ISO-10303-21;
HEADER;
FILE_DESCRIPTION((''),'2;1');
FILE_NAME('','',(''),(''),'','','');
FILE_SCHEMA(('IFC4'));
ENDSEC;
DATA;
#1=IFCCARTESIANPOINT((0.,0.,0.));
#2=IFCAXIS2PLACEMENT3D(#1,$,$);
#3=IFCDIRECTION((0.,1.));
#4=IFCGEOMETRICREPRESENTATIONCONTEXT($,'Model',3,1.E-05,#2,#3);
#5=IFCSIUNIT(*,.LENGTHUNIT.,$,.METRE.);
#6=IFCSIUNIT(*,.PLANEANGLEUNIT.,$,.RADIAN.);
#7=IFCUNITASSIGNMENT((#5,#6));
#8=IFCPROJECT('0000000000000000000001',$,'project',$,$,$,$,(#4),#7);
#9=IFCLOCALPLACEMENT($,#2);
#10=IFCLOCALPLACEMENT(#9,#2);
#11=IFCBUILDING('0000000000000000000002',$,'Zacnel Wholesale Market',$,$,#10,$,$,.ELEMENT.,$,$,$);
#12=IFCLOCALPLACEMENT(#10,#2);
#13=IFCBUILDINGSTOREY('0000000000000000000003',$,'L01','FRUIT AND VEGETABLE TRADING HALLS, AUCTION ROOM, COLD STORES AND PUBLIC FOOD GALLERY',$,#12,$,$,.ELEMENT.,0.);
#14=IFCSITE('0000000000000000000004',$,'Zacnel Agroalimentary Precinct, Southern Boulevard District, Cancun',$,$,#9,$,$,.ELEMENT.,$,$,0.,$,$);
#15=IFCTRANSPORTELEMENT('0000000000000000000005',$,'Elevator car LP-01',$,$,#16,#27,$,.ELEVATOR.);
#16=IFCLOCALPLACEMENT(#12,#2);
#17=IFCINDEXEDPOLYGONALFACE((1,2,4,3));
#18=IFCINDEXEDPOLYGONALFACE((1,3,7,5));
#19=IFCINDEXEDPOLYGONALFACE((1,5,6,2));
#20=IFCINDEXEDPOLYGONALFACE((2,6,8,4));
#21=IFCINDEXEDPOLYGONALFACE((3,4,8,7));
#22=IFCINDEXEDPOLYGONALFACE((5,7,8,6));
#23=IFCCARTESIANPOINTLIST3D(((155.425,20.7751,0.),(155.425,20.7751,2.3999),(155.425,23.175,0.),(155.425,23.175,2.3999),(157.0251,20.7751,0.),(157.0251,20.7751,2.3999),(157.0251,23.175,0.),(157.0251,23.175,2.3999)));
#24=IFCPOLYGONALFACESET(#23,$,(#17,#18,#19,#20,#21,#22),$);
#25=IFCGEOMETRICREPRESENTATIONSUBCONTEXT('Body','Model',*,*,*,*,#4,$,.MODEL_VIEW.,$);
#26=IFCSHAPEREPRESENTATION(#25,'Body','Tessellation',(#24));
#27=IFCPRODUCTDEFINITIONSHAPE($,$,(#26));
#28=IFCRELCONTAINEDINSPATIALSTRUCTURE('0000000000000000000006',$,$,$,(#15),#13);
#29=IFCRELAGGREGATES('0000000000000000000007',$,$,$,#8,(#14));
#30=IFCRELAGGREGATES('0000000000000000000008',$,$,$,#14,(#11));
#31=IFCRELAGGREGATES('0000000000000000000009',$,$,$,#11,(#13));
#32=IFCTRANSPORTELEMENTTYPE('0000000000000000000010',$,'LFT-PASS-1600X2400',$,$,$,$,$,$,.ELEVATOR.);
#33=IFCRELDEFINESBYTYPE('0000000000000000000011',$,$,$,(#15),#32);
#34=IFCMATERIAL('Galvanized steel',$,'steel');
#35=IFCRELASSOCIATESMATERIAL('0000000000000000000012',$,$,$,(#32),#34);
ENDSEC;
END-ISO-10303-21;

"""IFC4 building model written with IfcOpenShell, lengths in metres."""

from ifc_helpers import new_model, si_unit, direction, frame, origin, origin_2d, place, context, subcontext, project, spatial, rectangle, extrude, material, type_object, element, save


model = new_model("IFC4")

# Units and contexts
model_context = context("Model", 3, precision=1e-05, world=origin(), true_north=direction((0.0, 1.0)))
body_context = subcontext(model_context, "Body", "Model", "MODEL_VIEW")
ifc_project = project(units=[si_unit("LENGTHUNIT", "METRE"), si_unit("PLANEANGLEUNIT", "RADIAN")], contexts=[model_context])

# Site, building, storey
site_placement = place(None, origin())
site = spatial("IfcSite", under=ifc_project, at=site_placement, Name="Zacnel Agroalimentary Precinct, Southern Boulevard District, Cancun", CompositionType="ELEMENT", RefElevation=0.0)
building_placement = place(site_placement, origin())
building = spatial("IfcBuilding", under=site, at=building_placement, Name="Zacnel Wholesale Market", CompositionType="ELEMENT")
storey_placement = place(building_placement, origin())
storey = spatial("IfcBuildingStorey", under=building, at=storey_placement, Name="L01", Description="FRUIT AND VEGETABLE TRADING HALLS, AUCTION ROOM, COLD STORES AND PUBLIC FOOD GALLERY", CompositionType="ELEMENT", Elevation=0.0)

# Transport element
ifc_material_1 = material(Name="Galvanized steel", Category="steel")
transport_element_type = type_object("IfcTransportElementType", Name="LFT-PASS-1600X2400", PredefinedType="ELEVATOR", material=ifc_material_1)
transport_element_placement = place(storey_placement, frame((156.2251, 21.9751, 0.0), z_axis=(0.0, 0.0, 1.0), x_axis=(1.0, 0.0, 0.0)))
element("IfcTransportElement", 1, at=transport_element_placement, inside=storey, type_object=transport_element_type, Name="Elevator car LP-01", PredefinedType="ELEVATOR", context=body_context, shape_type="SweptSolid", body=[
    extrude(rectangle(XDim=1.6001, YDim=2.3999, at=origin_2d()), origin(), (0.0, 0.0, 1.0), 2.3999),
])

save(model, "model.ifc")
